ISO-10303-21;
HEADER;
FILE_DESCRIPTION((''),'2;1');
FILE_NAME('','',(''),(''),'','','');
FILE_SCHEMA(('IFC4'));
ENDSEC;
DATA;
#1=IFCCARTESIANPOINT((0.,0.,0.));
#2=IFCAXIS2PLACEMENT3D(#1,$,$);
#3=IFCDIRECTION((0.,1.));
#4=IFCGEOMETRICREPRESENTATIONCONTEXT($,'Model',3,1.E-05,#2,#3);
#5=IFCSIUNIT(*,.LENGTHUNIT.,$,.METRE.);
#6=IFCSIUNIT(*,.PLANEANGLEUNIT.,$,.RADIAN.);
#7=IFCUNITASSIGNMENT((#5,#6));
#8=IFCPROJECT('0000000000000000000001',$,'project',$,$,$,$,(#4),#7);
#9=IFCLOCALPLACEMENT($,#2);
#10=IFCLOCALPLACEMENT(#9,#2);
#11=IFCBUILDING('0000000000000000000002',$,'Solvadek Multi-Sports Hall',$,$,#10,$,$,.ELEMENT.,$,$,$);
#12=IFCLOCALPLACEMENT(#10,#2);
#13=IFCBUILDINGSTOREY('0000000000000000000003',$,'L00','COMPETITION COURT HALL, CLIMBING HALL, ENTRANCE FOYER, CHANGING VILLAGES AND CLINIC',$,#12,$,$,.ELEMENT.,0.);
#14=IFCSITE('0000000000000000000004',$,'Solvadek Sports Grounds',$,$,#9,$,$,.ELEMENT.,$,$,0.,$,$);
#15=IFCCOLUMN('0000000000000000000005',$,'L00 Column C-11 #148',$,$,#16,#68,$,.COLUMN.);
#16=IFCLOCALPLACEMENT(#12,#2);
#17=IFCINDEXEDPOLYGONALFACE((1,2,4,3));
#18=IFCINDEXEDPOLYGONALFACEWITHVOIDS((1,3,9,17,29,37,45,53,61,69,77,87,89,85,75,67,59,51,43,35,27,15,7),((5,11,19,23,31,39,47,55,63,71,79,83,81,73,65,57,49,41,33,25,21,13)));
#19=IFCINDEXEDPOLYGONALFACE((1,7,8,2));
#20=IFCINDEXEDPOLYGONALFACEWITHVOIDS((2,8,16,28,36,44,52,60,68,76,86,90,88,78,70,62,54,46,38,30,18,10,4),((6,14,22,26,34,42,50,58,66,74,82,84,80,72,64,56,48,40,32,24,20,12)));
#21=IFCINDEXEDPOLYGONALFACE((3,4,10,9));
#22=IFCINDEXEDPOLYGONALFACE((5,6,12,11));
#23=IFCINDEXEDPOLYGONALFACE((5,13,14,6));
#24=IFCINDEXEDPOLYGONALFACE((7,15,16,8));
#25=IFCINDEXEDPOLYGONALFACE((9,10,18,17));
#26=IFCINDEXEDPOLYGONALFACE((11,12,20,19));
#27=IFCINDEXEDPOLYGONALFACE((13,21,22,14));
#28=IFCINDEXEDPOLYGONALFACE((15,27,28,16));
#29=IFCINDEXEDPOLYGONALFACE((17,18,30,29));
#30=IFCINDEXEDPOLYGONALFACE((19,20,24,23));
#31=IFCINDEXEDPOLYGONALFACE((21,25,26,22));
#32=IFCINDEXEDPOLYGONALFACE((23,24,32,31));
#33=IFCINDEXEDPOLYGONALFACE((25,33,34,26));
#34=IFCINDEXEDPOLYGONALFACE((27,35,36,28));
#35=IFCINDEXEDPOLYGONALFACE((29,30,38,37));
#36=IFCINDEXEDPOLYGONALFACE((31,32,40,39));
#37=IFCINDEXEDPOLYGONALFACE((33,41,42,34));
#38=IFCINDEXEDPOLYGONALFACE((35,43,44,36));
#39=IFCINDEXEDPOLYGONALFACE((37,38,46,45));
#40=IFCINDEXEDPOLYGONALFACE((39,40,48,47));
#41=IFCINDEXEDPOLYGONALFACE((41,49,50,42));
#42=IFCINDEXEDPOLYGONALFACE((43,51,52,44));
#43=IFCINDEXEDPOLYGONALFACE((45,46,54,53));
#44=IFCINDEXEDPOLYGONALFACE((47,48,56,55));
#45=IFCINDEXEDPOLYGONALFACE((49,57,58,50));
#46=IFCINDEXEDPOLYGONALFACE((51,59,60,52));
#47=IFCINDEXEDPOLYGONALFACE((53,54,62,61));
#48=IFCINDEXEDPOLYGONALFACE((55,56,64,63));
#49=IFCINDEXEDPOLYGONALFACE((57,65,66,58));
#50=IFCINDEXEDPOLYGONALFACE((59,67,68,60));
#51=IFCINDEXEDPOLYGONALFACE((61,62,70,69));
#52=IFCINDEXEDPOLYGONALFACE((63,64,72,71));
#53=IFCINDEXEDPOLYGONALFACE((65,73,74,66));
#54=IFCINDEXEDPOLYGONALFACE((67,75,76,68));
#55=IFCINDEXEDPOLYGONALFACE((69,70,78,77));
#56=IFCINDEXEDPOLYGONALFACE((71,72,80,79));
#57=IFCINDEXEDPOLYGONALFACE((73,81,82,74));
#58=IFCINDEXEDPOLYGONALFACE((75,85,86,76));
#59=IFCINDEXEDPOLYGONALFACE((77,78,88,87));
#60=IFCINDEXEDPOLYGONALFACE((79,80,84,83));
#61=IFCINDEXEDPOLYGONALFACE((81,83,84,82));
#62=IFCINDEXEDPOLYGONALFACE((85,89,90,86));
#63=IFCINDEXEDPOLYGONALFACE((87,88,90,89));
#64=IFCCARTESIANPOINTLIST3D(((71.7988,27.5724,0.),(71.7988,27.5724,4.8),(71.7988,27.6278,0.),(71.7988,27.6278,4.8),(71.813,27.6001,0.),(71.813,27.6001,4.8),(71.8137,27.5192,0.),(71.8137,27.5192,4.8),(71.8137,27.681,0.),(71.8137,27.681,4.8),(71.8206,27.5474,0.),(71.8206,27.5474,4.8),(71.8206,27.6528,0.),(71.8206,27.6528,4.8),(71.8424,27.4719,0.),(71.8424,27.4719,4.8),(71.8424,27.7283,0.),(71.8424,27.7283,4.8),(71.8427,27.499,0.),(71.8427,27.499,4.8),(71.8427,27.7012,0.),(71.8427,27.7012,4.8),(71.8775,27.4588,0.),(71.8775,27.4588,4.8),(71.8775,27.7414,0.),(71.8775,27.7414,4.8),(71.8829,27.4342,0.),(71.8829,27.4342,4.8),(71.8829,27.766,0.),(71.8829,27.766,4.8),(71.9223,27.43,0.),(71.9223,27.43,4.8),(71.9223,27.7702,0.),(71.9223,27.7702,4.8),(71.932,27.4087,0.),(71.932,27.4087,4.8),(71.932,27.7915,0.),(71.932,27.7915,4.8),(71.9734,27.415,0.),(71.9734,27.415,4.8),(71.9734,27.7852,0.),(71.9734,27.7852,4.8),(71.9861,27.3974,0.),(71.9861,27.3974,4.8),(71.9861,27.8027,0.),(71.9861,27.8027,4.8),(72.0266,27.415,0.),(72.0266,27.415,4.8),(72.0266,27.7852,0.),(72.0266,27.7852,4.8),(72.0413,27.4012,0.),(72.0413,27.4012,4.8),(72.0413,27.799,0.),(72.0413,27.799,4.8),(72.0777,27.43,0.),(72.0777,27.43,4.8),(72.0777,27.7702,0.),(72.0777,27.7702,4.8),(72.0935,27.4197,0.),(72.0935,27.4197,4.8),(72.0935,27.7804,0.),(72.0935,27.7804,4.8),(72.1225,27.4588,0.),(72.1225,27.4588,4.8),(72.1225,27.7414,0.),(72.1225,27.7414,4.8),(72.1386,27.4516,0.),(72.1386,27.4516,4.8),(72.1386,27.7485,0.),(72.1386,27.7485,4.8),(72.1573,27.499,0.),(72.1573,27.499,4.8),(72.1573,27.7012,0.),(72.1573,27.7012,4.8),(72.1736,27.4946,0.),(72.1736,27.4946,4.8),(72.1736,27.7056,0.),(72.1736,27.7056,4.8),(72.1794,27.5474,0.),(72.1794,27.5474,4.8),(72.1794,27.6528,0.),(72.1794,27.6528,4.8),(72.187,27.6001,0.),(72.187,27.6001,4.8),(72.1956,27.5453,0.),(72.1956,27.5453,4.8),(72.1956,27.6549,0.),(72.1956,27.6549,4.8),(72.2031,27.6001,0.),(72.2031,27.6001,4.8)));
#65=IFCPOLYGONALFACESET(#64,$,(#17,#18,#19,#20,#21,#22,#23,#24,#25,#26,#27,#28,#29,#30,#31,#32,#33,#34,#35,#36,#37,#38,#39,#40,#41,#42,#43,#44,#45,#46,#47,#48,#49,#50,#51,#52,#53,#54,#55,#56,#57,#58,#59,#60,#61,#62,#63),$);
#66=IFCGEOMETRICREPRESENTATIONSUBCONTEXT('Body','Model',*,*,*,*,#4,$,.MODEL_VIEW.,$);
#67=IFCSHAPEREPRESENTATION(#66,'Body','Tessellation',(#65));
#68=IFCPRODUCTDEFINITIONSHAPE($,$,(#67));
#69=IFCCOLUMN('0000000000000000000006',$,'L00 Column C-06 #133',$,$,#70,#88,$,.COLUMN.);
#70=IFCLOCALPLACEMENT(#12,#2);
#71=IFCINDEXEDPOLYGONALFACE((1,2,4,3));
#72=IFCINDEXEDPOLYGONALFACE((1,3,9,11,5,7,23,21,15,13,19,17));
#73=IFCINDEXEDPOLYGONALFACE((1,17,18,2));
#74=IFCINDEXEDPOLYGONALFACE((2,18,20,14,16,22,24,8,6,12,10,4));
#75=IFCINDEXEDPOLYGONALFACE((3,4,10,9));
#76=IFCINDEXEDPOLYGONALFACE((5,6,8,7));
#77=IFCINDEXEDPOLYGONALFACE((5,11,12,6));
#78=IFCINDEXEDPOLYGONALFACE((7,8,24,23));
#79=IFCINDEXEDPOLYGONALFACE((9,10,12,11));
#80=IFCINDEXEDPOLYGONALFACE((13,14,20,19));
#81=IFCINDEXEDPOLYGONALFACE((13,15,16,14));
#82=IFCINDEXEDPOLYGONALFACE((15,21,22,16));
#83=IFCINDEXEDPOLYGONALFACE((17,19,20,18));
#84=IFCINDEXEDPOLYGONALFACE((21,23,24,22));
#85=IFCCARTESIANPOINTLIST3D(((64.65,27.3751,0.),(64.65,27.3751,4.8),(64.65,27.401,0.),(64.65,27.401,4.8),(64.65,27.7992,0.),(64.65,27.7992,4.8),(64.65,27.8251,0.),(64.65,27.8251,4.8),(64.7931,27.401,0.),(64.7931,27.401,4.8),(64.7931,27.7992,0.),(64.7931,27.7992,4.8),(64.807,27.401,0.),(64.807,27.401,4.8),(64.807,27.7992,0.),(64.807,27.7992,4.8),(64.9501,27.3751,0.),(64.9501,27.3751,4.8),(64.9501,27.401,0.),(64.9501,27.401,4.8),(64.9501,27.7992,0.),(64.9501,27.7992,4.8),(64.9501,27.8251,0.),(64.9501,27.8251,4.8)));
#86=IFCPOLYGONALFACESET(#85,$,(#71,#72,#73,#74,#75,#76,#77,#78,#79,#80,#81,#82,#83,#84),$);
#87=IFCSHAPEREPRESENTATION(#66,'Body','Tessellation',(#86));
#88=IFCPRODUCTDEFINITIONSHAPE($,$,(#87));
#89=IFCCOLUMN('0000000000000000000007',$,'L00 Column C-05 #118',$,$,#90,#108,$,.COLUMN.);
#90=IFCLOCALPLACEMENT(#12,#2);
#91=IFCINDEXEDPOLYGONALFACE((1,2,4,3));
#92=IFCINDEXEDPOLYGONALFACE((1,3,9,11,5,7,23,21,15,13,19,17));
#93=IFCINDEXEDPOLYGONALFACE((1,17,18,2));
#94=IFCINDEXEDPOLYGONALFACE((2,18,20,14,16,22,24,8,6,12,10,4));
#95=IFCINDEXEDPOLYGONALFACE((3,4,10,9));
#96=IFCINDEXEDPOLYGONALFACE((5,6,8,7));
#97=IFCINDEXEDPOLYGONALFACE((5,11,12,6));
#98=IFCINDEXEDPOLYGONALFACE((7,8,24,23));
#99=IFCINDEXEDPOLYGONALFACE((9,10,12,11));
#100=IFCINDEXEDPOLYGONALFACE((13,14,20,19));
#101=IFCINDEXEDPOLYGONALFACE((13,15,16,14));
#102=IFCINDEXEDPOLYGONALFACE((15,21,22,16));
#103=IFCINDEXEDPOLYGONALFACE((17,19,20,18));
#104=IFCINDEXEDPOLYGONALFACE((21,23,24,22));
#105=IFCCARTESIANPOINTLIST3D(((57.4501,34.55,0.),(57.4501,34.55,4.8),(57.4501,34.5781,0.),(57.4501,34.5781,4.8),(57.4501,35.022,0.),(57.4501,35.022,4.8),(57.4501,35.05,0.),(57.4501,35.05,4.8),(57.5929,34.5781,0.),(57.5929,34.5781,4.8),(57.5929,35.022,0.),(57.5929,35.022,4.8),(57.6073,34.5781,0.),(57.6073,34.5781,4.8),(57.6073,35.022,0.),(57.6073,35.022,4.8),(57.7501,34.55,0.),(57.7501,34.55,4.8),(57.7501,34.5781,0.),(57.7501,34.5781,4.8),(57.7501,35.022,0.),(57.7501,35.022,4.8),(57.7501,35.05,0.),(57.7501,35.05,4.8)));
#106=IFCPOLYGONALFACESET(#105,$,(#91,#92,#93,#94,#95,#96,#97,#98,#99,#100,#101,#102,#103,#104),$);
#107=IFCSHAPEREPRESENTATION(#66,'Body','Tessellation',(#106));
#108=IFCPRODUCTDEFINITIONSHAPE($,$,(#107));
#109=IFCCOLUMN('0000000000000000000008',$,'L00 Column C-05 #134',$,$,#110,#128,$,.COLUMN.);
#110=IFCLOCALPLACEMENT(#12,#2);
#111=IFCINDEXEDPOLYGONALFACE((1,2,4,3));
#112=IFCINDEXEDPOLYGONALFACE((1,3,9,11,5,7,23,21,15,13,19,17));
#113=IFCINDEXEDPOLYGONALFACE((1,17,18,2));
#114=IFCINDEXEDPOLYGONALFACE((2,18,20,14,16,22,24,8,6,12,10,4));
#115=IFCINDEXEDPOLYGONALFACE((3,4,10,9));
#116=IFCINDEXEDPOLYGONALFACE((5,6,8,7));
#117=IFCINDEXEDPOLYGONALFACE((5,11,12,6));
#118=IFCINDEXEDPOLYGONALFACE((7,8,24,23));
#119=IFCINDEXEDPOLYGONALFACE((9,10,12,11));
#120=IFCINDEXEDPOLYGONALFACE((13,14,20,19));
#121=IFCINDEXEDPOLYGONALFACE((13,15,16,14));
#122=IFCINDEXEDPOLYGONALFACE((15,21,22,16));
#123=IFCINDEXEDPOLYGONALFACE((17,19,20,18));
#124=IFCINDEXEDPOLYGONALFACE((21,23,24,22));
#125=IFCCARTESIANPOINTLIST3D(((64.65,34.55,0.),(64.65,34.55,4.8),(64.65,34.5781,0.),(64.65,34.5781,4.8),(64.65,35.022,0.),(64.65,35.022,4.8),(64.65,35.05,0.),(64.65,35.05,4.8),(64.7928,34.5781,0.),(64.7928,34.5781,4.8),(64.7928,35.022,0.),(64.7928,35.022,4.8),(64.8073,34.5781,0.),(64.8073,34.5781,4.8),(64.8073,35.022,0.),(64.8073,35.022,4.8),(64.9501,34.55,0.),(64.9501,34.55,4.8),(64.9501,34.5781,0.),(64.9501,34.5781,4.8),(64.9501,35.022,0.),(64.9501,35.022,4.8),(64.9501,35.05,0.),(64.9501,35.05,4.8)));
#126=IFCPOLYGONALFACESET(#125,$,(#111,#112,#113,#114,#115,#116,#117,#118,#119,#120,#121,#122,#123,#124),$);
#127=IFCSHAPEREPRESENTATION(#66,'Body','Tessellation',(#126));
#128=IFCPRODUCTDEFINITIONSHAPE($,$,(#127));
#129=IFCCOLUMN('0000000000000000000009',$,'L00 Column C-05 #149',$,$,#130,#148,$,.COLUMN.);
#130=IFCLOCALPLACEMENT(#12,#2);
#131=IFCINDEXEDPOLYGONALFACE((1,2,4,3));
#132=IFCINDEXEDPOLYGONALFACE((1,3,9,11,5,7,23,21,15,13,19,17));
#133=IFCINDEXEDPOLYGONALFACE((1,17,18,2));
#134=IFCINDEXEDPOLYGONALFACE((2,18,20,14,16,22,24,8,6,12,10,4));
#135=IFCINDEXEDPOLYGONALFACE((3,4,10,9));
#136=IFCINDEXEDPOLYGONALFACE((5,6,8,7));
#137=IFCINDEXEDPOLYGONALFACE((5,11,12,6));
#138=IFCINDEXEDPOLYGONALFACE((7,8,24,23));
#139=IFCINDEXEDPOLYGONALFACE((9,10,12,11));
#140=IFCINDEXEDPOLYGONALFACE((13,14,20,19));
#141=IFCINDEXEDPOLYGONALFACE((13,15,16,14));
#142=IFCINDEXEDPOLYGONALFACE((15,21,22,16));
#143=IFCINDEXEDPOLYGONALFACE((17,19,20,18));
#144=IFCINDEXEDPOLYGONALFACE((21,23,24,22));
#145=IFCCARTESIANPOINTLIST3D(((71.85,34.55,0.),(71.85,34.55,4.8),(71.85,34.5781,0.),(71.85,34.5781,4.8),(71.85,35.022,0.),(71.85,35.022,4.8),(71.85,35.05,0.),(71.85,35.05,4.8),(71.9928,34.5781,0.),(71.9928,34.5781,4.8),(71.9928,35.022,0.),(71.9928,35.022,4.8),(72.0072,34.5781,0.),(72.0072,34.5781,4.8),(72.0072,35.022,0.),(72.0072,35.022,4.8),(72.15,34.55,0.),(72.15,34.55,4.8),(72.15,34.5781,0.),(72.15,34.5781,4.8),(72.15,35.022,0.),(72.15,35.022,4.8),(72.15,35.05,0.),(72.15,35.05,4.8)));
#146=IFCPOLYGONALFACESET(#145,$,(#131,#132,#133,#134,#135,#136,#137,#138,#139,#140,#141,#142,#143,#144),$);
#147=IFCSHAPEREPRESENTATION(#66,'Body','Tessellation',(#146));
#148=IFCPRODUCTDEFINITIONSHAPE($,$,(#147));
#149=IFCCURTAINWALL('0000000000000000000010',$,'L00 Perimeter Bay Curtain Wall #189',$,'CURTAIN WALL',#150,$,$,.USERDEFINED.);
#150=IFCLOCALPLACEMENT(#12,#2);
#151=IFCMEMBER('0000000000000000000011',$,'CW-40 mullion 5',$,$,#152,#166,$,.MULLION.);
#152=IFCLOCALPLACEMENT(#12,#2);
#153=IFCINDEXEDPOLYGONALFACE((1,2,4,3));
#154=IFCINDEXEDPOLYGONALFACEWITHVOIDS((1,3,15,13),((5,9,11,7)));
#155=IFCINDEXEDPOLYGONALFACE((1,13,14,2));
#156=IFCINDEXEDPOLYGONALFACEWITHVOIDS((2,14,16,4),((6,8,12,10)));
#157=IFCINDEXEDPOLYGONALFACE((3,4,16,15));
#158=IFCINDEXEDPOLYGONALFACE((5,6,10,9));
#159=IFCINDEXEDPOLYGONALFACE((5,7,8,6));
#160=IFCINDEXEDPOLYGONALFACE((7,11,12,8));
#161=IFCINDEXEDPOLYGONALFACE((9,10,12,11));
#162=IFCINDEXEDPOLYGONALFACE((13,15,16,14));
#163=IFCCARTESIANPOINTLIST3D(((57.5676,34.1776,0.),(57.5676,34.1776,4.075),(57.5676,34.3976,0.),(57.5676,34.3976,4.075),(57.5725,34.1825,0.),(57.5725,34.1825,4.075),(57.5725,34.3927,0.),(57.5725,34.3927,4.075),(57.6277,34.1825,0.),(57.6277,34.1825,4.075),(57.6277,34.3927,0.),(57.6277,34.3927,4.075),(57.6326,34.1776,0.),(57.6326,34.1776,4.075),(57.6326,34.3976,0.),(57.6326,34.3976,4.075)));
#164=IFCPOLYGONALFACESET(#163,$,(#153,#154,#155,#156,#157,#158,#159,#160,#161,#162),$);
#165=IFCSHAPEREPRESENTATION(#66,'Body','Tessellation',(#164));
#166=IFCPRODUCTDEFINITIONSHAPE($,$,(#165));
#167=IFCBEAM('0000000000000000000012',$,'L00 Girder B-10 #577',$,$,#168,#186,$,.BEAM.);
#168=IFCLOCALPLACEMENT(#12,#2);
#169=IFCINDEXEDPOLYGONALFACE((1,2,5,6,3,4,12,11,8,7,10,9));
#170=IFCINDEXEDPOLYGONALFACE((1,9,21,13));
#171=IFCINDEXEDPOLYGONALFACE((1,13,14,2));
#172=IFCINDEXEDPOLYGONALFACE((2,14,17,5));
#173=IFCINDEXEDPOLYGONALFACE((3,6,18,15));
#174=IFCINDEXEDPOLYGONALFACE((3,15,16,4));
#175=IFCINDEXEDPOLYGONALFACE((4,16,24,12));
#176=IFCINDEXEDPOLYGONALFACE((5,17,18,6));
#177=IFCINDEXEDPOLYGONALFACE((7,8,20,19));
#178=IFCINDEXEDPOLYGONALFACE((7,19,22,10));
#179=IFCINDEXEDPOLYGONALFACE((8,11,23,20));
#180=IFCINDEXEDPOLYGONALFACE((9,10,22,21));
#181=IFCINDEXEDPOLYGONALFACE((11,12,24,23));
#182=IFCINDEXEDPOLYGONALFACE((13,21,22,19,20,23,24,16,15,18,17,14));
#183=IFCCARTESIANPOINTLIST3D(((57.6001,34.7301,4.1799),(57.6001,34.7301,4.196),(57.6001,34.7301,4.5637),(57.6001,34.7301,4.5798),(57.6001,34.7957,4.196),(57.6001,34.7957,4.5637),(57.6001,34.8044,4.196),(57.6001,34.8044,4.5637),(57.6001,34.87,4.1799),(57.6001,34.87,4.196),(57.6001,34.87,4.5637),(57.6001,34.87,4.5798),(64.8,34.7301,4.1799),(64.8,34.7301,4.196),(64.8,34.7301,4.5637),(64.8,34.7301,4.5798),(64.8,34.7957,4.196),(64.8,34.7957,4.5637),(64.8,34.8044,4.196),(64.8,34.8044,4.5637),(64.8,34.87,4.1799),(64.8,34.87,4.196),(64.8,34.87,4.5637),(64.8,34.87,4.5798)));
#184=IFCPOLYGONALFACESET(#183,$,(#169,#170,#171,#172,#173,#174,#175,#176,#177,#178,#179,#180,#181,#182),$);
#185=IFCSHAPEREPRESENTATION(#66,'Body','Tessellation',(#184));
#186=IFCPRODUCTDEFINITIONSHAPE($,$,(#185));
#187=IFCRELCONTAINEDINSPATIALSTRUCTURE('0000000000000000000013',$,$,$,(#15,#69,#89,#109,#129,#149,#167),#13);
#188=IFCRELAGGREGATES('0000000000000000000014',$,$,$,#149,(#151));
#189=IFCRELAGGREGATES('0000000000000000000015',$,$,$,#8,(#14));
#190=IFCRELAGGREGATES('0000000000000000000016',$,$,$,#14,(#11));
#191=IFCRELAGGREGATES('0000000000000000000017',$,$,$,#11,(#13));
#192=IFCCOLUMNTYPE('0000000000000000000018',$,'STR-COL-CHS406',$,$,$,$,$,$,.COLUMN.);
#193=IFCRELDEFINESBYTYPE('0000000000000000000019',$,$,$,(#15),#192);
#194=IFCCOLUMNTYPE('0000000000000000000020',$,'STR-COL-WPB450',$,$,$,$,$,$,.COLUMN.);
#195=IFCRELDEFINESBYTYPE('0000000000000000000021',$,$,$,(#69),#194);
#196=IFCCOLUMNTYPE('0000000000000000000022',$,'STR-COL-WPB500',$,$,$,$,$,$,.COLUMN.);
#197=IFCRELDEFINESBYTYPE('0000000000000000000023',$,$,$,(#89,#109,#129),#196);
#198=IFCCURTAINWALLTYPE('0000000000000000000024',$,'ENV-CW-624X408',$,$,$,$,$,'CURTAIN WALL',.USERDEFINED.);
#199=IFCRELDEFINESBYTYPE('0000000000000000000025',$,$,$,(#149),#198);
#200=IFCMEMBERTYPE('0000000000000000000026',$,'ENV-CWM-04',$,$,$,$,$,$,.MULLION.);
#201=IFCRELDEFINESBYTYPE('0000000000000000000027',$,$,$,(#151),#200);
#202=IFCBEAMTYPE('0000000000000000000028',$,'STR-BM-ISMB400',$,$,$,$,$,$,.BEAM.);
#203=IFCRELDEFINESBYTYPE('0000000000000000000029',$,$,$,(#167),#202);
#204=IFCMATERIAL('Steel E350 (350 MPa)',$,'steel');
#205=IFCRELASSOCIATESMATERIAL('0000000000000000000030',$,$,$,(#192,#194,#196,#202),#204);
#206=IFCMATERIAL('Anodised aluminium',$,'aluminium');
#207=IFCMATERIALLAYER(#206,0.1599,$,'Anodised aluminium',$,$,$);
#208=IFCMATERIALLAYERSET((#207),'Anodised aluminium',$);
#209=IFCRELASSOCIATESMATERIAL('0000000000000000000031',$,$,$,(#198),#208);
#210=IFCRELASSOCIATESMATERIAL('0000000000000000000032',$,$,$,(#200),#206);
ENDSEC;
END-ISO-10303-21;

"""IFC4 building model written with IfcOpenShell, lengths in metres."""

from ifc_helpers import new_model, si_unit, direction, frame, origin, origin_2d, place, context, subcontext, project, spatial, hollow_rectangle, hollow_circle, i_section, extrude, material, layer, layer_set, material_profile, profile_set, type_object, element, aggregate, save


model = new_model("IFC4")

# Units and contexts
model_context = context("Model", 3, precision=1e-05, world=origin(), true_north=direction((0.0, 1.0)))
body_context = subcontext(model_context, "Body", "Model", "MODEL_VIEW")
ifc_project = project(units=[si_unit("LENGTHUNIT", "METRE"), si_unit("PLANEANGLEUNIT", "RADIAN")], contexts=[model_context])

# Site, building, storey
site_placement = place(None, origin())
site = spatial("IfcSite", under=ifc_project, at=site_placement, Name="Solvadek Sports Grounds", CompositionType="ELEMENT", RefElevation=0.0)
building_placement = place(site_placement, origin())
building = spatial("IfcBuilding", under=site, at=building_placement, Name="Solvadek Multi-Sports Hall", CompositionType="ELEMENT")
storey_placement = place(building_placement, origin())
storey = spatial("IfcBuildingStorey", under=building, at=storey_placement, Name="L00", Description="COMPETITION COURT HALL, CLIMBING HALL, ENTRANCE FOYER, CHANGING VILLAGES AND CLINIC", CompositionType="ELEMENT", Elevation=0.0)

# Columns
ifc_material_1 = material(Name="Steel E350 (350 MPa)", Category="steel")
ifc_material_profile_1 = material_profile(ifc_material_1, hollow_circle(Radius=0.2031, WallThickness=0.0161, at=origin_2d()), Name="CHS 406.4x16")
ifc_profile_set_1 = profile_set([ifc_material_profile_1], Name="Steel E350 (350 MPa)")
column_type_1 = type_object("IfcColumnType", Name="STR-COL-CHS406", PredefinedType="COLUMN", material=ifc_profile_set_1)
column_1_placement = place(storey_placement, frame((72.0, 27.6001, 0.0), z_axis=(0.0, 0.0, 1.0), x_axis=(1.0, 0.0, 0.0)))
element("IfcColumn", 1, at=column_1_placement, inside=storey, type_object=column_type_1, Name="L00 Column C-11 #148", PredefinedType="COLUMN", context=body_context, shape_type="SweptSolid", body=[
    extrude(hollow_circle(Radius=0.2031, WallThickness=0.0161, at=origin_2d()), origin(), (0.0, 0.0, 1.0), 4.8),
])
ifc_material_profile_2 = material_profile(ifc_material_1, i_section(OverallWidth=0.3, OverallDepth=0.45, WebThickness=0.0139, FlangeThickness=0.0259, at=origin_2d()), Name="WPB 450")
ifc_profile_set_2 = profile_set([ifc_material_profile_2], Name="Steel E350 (350 MPa)")
column_type_2 = type_object("IfcColumnType", Name="STR-COL-WPB450", PredefinedType="COLUMN", material=ifc_profile_set_2)
column_2_placement = place(storey_placement, frame((64.8, 27.6001, 0.0), z_axis=(0.0, 0.0, 1.0), x_axis=(1.0, 0.0, 0.0)))
element("IfcColumn", 2, at=column_2_placement, inside=storey, type_object=column_type_2, Name="L00 Column C-06 #133", PredefinedType="COLUMN", context=body_context, shape_type="SweptSolid", body=[
    extrude(i_section(OverallWidth=0.3, OverallDepth=0.45, WebThickness=0.0139, FlangeThickness=0.0259, at=origin_2d()), origin(), (0.0, 0.0, 1.0), 4.8),
])
ifc_material_profile_3 = material_profile(ifc_material_1, i_section(OverallWidth=0.3, OverallDepth=0.5, WebThickness=0.0144, FlangeThickness=0.0281, at=origin_2d()), Name="WPB 500")
ifc_profile_set_3 = profile_set([ifc_material_profile_3], Name="Steel E350 (350 MPa)")
column_type_3 = type_object("IfcColumnType", Name="STR-COL-WPB500", PredefinedType="COLUMN", material=ifc_profile_set_3)
for number, where, z_axis, x_axis, name in (
    (3, (57.6001, 34.8, 0.0), (0.0, 0.0, 1.0), (1.0, 0.0, 0.0), "L00 Column C-05 #118"),
    (4, (64.8, 34.8, 0.0), (0.0, 0.0, 1.0), (1.0, 0.0, 0.0), "L00 Column C-05 #134"),
    (5, (72.0, 34.8, 0.0), (0.0, 0.0, 1.0), (1.0, 0.0, 0.0), "L00 Column C-05 #149"),
):
    element("IfcColumn", number, at=place(storey_placement, frame(where, z_axis=z_axis, x_axis=x_axis)), inside=storey, type_object=column_type_3, Name=name, PredefinedType="COLUMN", context=body_context, shape_type="SweptSolid", body=[
        extrude(i_section(OverallWidth=0.3, OverallDepth=0.5, WebThickness=0.0144, FlangeThickness=0.0281, at=origin_2d()), origin(), (0.0, 0.0, 1.0), 4.8),
    ])

# Curtain wall, member
ifc_material_2 = material(Name="Anodised aluminium", Category="aluminium")
ifc_layer_1 = layer(ifc_material_2, 0.1599, Name="Anodised aluminium")
ifc_layer_set_1 = layer_set([ifc_layer_1], Name="Anodised aluminium")
curtain_wall_type = type_object("IfcCurtainWallType", Name="ENV-CW-624X408", ElementType="CURTAIN WALL", PredefinedType="USERDEFINED", material=ifc_layer_set_1)
curtain_wall_placement = place(storey_placement, origin())
curtain_wall = element("IfcCurtainWall", 6, at=curtain_wall_placement, inside=storey, type_object=curtain_wall_type, Name="L00 Perimeter Bay Curtain Wall #189", ObjectType="CURTAIN WALL", PredefinedType="USERDEFINED")
ifc_material_profile_4 = material_profile(ifc_material_2, hollow_rectangle(XDim=0.0649, YDim=0.22, WallThickness=0.0049, at=origin_2d()), Name="ALU-M 220x65x5")
ifc_profile_set_4 = profile_set([ifc_material_profile_4], Name="Anodised aluminium")
member_type = type_object("IfcMemberType", Name="ENV-CWM-04", PredefinedType="MULLION", material=ifc_profile_set_4)
member_placement = place(storey_placement, frame((57.6001, 34.2876, 0.0), z_axis=(0.0, 0.0, 1.0), x_axis=(-1.0, 0.0, 0.0)))
member = element("IfcMember", 7, at=member_placement, type_object=member_type, Name="CW-40 mullion 5", PredefinedType="MULLION", context=body_context, shape_type="SweptSolid", body=[
    extrude(hollow_rectangle(XDim=0.0649, YDim=0.22, WallThickness=0.0049, at=origin_2d()), origin(), (0.0, 0.0, 1.0), 4.075),
])
aggregate(curtain_wall, [member])

# Beam
ifc_material_profile_5 = material_profile(ifc_material_1, i_section(OverallWidth=0.1399, OverallDepth=0.3999, WebThickness=0.0088, FlangeThickness=0.0161, at=origin_2d()), Name="ISMB 400")
ifc_profile_set_5 = profile_set([ifc_material_profile_5], Name="Steel E350 (350 MPa)")
beam_type_1 = type_object("IfcBeamType", Name="STR-BM-ISMB400", PredefinedType="BEAM", material=ifc_profile_set_5)
beam_1_placement = place(storey_placement, frame((57.6001, 34.8, 4.3799), z_axis=(1.0, 0.0, 0.0), x_axis=(0.0, 1.0, 0.0)))
element("IfcBeam", 8, at=beam_1_placement, inside=storey, type_object=beam_type_1, Name="L00 Girder B-10 #577", PredefinedType="BEAM", context=body_context, shape_type="SweptSolid", body=[
    extrude(i_section(OverallWidth=0.1399, OverallDepth=0.3999, WebThickness=0.0088, FlangeThickness=0.0161, at=origin_2d()), origin(), (0.0, 0.0, 1.0), 7.2),
])

save(model, "model.ifc")
